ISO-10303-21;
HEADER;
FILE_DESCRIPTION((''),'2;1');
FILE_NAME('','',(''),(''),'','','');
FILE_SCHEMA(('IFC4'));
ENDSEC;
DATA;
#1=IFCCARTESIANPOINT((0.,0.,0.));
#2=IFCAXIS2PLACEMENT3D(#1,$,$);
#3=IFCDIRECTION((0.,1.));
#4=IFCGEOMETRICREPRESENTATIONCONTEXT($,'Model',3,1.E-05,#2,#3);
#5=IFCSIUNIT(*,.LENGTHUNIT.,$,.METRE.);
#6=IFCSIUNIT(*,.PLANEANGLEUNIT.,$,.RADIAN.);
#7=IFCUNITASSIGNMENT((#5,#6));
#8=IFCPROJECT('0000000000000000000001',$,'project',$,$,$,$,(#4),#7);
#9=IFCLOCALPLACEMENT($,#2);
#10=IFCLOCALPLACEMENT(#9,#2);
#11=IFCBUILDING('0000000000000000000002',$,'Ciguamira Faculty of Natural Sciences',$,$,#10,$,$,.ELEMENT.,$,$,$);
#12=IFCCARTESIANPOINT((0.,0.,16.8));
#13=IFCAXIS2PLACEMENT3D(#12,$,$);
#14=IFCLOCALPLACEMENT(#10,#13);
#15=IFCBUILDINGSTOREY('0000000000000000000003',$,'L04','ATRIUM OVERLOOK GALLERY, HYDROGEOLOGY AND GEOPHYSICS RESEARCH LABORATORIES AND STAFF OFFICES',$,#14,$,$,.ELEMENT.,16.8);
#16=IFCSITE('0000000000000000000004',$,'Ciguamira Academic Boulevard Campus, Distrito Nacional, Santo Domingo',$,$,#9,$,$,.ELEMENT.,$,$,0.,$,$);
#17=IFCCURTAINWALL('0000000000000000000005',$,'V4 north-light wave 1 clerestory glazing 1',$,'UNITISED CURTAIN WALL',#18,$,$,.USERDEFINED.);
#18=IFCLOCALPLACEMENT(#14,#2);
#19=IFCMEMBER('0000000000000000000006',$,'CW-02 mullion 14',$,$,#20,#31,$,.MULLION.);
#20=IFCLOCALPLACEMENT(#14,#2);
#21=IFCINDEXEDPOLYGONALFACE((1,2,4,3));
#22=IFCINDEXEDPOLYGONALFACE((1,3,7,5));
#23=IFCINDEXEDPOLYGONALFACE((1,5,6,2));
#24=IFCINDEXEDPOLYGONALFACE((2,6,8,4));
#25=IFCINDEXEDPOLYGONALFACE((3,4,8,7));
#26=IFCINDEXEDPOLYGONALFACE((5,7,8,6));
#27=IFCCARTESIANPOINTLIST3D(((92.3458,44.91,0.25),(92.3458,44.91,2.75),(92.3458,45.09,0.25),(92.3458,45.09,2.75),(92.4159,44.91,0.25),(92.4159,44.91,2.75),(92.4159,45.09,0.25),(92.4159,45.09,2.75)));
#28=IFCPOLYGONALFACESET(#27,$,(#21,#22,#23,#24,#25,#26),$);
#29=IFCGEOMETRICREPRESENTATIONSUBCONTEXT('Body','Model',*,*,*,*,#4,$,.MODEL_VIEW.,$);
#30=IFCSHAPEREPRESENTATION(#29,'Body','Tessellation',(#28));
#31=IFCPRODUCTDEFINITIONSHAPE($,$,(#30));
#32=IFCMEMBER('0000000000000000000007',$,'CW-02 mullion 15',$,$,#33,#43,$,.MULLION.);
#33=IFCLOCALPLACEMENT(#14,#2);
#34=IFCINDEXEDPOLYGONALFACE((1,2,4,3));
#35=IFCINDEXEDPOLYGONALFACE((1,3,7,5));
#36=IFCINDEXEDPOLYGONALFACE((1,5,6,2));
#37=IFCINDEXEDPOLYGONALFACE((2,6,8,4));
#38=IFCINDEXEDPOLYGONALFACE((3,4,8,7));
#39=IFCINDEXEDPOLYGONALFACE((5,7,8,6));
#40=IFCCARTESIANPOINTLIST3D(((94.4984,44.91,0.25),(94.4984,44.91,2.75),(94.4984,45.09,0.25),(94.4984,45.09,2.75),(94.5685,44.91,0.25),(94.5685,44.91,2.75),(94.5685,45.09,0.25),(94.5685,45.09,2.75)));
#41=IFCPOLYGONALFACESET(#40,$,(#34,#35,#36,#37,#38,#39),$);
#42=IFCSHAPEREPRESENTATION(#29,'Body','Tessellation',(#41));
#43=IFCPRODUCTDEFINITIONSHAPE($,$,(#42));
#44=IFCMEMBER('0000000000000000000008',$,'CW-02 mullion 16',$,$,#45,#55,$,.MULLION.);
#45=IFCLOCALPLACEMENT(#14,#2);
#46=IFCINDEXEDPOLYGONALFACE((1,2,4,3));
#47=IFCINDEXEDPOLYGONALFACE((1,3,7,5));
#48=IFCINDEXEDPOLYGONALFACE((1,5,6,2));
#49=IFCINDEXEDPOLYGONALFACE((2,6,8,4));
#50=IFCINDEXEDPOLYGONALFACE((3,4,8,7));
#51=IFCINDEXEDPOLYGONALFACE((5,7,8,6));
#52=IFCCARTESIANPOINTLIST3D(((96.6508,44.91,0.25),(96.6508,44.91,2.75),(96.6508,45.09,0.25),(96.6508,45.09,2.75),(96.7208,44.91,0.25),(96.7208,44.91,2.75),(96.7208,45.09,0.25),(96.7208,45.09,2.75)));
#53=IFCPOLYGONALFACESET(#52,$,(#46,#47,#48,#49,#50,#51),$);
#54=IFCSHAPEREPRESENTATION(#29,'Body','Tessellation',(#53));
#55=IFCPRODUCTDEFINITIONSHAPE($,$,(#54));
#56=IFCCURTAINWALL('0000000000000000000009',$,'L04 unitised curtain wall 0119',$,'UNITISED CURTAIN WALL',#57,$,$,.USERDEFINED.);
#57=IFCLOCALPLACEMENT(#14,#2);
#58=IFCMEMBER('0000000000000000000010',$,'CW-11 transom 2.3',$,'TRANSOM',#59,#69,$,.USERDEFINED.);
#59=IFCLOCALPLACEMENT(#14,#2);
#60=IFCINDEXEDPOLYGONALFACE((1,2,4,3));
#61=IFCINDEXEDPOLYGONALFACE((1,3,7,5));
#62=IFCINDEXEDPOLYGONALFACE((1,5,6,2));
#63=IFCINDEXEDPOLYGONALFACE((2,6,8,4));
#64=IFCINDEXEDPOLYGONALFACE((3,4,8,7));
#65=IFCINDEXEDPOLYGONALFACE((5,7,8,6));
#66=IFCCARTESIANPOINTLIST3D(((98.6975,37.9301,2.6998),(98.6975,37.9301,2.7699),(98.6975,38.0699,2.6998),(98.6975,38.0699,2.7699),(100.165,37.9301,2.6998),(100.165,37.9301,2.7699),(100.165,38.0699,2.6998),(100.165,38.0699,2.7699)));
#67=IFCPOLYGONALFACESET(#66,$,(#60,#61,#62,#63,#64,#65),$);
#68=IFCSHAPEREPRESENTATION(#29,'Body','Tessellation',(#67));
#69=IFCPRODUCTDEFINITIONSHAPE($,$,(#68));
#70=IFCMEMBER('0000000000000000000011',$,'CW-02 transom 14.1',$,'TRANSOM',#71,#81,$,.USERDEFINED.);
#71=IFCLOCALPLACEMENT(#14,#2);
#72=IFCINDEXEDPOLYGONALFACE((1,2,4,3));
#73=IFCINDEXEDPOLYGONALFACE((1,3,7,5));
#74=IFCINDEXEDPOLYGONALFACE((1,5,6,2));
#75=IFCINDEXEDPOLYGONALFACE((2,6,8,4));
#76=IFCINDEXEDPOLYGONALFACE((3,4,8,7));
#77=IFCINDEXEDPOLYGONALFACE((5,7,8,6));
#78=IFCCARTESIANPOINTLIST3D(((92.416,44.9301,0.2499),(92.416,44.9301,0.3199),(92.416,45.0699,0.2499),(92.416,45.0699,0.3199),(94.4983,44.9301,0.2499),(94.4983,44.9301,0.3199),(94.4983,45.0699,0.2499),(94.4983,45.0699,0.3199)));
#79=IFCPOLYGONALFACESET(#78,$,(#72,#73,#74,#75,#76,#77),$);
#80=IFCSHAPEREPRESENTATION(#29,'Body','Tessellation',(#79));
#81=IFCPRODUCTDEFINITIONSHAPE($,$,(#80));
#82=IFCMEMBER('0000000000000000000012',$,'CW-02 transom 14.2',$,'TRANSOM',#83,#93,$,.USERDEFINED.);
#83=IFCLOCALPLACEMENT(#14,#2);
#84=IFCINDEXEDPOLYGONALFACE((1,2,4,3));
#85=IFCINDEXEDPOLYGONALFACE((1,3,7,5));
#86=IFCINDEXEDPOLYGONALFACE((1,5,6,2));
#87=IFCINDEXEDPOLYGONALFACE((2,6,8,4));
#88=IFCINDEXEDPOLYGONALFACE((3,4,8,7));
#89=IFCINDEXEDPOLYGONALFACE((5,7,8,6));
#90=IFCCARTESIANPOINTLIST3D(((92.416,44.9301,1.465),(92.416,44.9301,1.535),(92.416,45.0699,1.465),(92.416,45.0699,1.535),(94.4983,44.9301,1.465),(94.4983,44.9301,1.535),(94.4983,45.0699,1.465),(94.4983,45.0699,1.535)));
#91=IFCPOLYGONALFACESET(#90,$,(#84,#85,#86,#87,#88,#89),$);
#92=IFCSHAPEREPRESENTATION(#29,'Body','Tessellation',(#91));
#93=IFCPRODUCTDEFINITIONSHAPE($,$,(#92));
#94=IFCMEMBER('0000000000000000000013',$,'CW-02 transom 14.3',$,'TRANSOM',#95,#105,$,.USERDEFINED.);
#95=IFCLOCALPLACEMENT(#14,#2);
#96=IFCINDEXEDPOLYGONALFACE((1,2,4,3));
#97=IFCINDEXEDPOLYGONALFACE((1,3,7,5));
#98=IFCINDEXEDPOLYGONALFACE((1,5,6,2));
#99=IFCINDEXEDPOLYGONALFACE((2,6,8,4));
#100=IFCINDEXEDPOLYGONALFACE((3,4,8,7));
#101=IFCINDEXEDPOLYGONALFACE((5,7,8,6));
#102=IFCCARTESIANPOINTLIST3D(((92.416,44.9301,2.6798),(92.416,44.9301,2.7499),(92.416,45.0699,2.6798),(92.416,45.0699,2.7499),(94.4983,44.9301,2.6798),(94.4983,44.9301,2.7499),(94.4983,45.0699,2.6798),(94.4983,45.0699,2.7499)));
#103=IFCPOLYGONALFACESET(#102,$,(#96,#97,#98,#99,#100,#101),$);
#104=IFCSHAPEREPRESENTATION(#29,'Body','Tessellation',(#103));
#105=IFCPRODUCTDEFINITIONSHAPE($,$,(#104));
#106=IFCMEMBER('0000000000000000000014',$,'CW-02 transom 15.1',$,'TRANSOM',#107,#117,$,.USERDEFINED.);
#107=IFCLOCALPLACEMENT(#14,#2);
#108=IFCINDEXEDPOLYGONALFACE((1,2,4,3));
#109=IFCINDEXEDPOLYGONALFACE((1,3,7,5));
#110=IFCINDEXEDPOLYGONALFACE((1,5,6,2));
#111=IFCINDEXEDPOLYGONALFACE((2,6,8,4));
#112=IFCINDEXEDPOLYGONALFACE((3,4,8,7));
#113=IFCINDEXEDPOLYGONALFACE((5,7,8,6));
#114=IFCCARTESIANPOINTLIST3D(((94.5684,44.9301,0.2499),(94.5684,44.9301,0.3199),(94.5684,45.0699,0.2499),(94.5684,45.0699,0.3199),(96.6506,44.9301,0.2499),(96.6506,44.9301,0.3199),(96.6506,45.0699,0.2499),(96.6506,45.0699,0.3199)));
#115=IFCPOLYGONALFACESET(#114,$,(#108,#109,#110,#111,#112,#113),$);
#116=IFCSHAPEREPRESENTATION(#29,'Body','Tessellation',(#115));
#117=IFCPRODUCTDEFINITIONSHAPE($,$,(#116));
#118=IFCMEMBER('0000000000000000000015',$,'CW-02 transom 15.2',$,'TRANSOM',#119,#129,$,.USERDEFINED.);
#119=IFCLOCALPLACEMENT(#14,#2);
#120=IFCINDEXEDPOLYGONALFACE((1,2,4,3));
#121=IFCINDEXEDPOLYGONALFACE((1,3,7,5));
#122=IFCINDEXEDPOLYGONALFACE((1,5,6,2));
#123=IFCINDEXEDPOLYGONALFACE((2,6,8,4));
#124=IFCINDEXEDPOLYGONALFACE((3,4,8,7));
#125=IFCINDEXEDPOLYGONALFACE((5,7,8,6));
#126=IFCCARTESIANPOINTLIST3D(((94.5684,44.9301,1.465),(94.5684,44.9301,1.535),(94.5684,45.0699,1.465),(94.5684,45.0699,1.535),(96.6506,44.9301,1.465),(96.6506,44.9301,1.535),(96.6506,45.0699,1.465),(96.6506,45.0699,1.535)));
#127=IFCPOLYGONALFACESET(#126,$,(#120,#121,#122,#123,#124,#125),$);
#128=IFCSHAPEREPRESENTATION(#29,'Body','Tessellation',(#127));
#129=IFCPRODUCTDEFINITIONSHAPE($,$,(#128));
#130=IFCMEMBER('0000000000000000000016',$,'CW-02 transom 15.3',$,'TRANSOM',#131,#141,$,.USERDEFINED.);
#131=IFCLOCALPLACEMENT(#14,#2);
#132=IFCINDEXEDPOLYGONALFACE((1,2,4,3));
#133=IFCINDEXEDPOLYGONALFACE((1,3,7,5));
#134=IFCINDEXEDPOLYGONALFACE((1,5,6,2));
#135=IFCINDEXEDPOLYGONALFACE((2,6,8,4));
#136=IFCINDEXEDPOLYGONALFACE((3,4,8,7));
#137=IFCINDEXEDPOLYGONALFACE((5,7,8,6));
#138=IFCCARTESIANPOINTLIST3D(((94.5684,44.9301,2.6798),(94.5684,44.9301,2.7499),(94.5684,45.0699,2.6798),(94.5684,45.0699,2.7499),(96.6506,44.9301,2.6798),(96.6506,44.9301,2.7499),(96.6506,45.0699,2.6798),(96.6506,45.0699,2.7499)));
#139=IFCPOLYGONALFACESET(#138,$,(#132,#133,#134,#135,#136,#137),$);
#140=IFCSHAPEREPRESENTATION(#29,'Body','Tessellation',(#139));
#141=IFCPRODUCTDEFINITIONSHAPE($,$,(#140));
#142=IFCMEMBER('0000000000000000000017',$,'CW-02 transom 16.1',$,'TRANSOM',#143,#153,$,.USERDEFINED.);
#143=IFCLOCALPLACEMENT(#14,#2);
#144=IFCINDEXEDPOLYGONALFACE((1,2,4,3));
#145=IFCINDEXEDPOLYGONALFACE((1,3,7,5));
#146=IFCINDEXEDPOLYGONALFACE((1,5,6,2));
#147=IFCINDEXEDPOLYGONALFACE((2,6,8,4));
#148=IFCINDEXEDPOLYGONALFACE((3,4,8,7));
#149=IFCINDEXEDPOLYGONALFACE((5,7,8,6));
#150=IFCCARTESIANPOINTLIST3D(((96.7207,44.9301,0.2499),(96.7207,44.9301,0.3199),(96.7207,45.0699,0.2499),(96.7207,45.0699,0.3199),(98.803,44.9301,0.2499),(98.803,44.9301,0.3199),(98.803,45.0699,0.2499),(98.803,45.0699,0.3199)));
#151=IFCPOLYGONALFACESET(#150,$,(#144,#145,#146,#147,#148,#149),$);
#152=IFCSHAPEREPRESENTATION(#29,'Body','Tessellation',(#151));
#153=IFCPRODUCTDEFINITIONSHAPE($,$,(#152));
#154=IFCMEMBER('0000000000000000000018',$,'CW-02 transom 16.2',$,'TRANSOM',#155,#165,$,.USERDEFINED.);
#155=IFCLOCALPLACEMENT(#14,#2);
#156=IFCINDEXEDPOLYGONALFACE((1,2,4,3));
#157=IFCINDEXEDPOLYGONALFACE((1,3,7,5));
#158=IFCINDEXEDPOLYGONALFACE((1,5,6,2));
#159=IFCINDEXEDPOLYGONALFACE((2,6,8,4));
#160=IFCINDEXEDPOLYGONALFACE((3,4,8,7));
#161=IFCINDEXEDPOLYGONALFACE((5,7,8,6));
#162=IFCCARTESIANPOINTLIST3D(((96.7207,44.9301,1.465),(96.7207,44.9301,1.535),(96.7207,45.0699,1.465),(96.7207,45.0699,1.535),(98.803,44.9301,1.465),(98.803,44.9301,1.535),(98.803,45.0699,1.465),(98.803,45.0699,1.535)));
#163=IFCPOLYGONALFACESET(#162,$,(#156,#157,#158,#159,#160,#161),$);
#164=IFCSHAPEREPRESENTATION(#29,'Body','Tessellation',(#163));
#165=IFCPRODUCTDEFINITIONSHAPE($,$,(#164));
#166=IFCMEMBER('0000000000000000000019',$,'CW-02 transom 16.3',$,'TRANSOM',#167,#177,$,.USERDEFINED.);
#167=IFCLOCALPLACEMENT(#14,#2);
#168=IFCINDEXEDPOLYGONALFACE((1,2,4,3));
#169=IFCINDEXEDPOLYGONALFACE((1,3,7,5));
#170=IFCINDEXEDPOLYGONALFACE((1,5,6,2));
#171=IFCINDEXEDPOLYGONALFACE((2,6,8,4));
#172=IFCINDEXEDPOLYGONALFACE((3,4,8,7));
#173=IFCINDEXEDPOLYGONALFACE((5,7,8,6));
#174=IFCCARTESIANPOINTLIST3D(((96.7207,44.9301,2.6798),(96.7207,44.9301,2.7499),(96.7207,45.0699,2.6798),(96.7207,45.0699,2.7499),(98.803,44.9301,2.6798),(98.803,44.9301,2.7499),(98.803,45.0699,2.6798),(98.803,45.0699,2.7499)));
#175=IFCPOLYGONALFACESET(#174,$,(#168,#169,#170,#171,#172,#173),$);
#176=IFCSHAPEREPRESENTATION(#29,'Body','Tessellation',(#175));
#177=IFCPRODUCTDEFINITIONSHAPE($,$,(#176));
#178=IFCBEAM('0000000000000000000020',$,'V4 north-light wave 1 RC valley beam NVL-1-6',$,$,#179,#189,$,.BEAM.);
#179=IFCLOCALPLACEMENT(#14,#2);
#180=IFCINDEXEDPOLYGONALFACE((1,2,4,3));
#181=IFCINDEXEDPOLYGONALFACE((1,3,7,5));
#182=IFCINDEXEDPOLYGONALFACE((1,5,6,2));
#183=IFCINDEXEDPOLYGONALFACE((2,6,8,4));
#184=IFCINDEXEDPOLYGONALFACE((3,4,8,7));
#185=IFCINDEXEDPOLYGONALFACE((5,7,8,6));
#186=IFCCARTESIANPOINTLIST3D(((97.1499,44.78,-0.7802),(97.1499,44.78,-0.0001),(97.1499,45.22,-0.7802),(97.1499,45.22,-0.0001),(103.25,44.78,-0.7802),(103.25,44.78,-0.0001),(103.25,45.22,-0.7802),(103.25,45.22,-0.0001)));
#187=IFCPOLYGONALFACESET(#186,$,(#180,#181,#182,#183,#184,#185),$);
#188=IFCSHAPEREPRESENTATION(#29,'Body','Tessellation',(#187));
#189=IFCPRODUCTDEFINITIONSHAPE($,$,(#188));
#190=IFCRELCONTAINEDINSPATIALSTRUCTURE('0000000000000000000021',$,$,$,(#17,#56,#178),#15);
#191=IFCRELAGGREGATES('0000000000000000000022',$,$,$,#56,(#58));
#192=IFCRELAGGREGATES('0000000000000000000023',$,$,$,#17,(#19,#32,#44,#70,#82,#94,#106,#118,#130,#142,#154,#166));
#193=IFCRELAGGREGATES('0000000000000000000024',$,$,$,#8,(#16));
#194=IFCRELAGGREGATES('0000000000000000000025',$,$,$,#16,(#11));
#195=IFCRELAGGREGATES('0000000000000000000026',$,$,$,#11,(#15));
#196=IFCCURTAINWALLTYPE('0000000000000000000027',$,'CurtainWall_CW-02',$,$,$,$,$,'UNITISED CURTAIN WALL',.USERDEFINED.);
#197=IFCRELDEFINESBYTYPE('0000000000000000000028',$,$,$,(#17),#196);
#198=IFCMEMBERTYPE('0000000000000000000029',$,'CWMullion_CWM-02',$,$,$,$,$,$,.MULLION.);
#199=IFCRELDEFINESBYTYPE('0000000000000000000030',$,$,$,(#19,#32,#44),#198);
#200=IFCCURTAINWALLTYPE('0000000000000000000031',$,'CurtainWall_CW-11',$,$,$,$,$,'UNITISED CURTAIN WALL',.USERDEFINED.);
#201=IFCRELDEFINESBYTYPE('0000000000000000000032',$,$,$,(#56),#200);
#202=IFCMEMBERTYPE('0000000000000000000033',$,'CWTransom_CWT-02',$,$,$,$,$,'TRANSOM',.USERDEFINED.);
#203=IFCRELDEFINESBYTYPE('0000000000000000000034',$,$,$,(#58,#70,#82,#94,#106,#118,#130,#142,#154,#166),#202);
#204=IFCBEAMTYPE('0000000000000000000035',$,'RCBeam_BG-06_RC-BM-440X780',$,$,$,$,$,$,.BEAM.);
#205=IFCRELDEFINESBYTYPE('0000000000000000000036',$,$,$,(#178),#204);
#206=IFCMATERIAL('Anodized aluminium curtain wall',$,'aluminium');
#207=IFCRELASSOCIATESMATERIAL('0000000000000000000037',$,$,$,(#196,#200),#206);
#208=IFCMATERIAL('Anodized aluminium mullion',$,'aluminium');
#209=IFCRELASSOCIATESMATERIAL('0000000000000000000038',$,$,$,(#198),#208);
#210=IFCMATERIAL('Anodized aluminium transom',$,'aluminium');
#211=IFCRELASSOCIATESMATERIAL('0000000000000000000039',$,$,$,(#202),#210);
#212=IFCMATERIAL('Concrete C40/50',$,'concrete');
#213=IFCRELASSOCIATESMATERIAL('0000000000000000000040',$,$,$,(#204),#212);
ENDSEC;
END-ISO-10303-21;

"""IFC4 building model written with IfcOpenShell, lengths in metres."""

from ifc_helpers import new_model, si_unit, direction, frame, origin, origin_2d, place, context, subcontext, project, spatial, rectangle, extrude, material, material_profile, profile_set, type_object, element, aggregate, save


model = new_model("IFC4")

# Units and contexts
model_context = context("Model", 3, precision=1e-05, world=origin(), true_north=direction((0.0, 1.0)))
body_context = subcontext(model_context, "Body", "Model", "MODEL_VIEW")
ifc_project = project(units=[si_unit("LENGTHUNIT", "METRE"), si_unit("PLANEANGLEUNIT", "RADIAN")], contexts=[model_context])

# Site, building, storey
site_placement = place(None, origin())
site = spatial("IfcSite", under=ifc_project, at=site_placement, Name="Ciguamira Academic Boulevard Campus, Distrito Nacional, Santo Domingo", CompositionType="ELEMENT", RefElevation=0.0)
building_placement = place(site_placement, origin())
building = spatial("IfcBuilding", under=site, at=building_placement, Name="Ciguamira Faculty of Natural Sciences", CompositionType="ELEMENT")
storey_placement = place(building_placement, frame((0.0, 0.0, 16.8)))
storey = spatial("IfcBuildingStorey", under=building, at=storey_placement, Name="L04", Description="ATRIUM OVERLOOK GALLERY, HYDROGEOLOGY AND GEOPHYSICS RESEARCH LABORATORIES AND STAFF OFFICES", CompositionType="ELEMENT", Elevation=16.8)

# Curtain wall, members
ifc_material_1 = material(Name="Anodized aluminium curtain wall", Category="aluminium")
curtain_wall_type_1 = type_object("IfcCurtainWallType", Name="CurtainWall_CW-02", ElementType="UNITISED CURTAIN WALL", PredefinedType="USERDEFINED", material=ifc_material_1)
curtain_wall_1_placement = place(storey_placement, origin())
curtain_wall_1 = element("IfcCurtainWall", 1, at=curtain_wall_1_placement, inside=storey, type_object=curtain_wall_type_1, Name="V4 north-light wave 1 clerestory glazing 1", ObjectType="UNITISED CURTAIN WALL", PredefinedType="USERDEFINED")
ifc_material_2 = material(Name="Anodized aluminium mullion", Category="aluminium")
ifc_material_profile_1 = material_profile(ifc_material_2, rectangle(XDim=0.0701, YDim=0.1799, at=origin_2d()), Name="ALU-MUL-70X180")
ifc_profile_set_1 = profile_set([ifc_material_profile_1], Name="Anodized aluminium mullion")
member_type_1 = type_object("IfcMemberType", Name="CWMullion_CWM-02", PredefinedType="MULLION", material=ifc_profile_set_1)
member_1_placement = place(storey_placement, frame((92.3809, 45.0, 0.25), z_axis=(0.0, 0.0, 1.0), x_axis=(1.0, 0.0, 0.0)))
member_1 = element("IfcMember", 2, at=member_1_placement, type_object=member_type_1, Name="CW-02 mullion 14", PredefinedType="MULLION", context=body_context, shape_type="SweptSolid", body=[
    extrude(rectangle(XDim=0.0701, YDim=0.1799, at=origin_2d()), origin(), (0.0, 0.0, 1.0), 2.5),
])
member_2_placement = place(storey_placement, frame((94.5334, 45.0, 0.25), z_axis=(0.0, 0.0, 1.0), x_axis=(1.0, 0.0, 0.0)))
member_2 = element("IfcMember", 3, at=member_2_placement, type_object=member_type_1, Name="CW-02 mullion 15", PredefinedType="MULLION", context=body_context, shape_type="SweptSolid", body=[
    extrude(rectangle(XDim=0.0701, YDim=0.1799, at=origin_2d()), origin(), (0.0, 0.0, 1.0), 2.5),
])
member_3_placement = place(storey_placement, frame((96.6858, 45.0, 0.25), z_axis=(0.0, 0.0, 1.0), x_axis=(1.0, 0.0, 0.0)))
member_3 = element("IfcMember", 4, at=member_3_placement, type_object=member_type_1, Name="CW-02 mullion 16", PredefinedType="MULLION", context=body_context, shape_type="SweptSolid", body=[
    extrude(rectangle(XDim=0.0701, YDim=0.1799, at=origin_2d()), origin(), (0.0, 0.0, 1.0), 2.5),
])

# Curtain wall, member
curtain_wall_type_2 = type_object("IfcCurtainWallType", Name="CurtainWall_CW-11", ElementType="UNITISED CURTAIN WALL", PredefinedType="USERDEFINED", material=ifc_material_1)
curtain_wall_2_placement = place(storey_placement, origin())
curtain_wall_2 = element("IfcCurtainWall", 5, at=curtain_wall_2_placement, inside=storey, type_object=curtain_wall_type_2, Name="L04 unitised curtain wall 0119", ObjectType="UNITISED CURTAIN WALL", PredefinedType="USERDEFINED")
ifc_material_3 = material(Name="Anodized aluminium transom", Category="aluminium")
ifc_material_profile_2 = material_profile(ifc_material_3, rectangle(XDim=0.0701, YDim=0.1399, at=origin_2d()), Name="ALU-TRN-70X140")
ifc_profile_set_2 = profile_set([ifc_material_profile_2], Name="Anodized aluminium transom")
member_type_2 = type_object("IfcMemberType", Name="CWTransom_CWT-02", ElementType="TRANSOM", PredefinedType="USERDEFINED", material=ifc_profile_set_2)
member_4_placement = place(storey_placement, frame((98.6975, 38.0, 2.7349), z_axis=(1.0, 0.0, 0.0), x_axis=(0.0, 0.0, 1.0)))
member_4 = element("IfcMember", 6, at=member_4_placement, type_object=member_type_2, Name="CW-11 transom 2.3", ObjectType="TRANSOM", PredefinedType="USERDEFINED", context=body_context, shape_type="SweptSolid", body=[
    extrude(rectangle(XDim=0.0701, YDim=0.1399, at=origin_2d()), origin(), (0.0, 0.0, 1.0), 1.4675),
])
aggregate(curtain_wall_2, [member_4])

# Members
member_5_placement = place(storey_placement, frame((92.416, 45.0, 0.2849), z_axis=(1.0, 0.0, 0.0), x_axis=(0.0, 0.0, 1.0)))
member_5 = element("IfcMember", 7, at=member_5_placement, type_object=member_type_2, Name="CW-02 transom 14.1", ObjectType="TRANSOM", PredefinedType="USERDEFINED", context=body_context, shape_type="SweptSolid", body=[
    extrude(rectangle(XDim=0.0701, YDim=0.1399, at=origin_2d()), origin(), (0.0, 0.0, 1.0), 2.0823),
])
member_6_placement = place(storey_placement, frame((92.416, 45.0, 1.5), z_axis=(1.0, 0.0, 0.0), x_axis=(0.0, 0.0, 1.0)))
member_6 = element("IfcMember", 8, at=member_6_placement, type_object=member_type_2, Name="CW-02 transom 14.2", ObjectType="TRANSOM", PredefinedType="USERDEFINED", context=body_context, shape_type="SweptSolid", body=[
    extrude(rectangle(XDim=0.0701, YDim=0.1399, at=origin_2d()), origin(), (0.0, 0.0, 1.0), 2.0823),
])
member_7_placement = place(storey_placement, frame((92.416, 45.0, 2.7148), z_axis=(1.0, 0.0, 0.0), x_axis=(0.0, 0.0, 1.0)))
member_7 = element("IfcMember", 9, at=member_7_placement, type_object=member_type_2, Name="CW-02 transom 14.3", ObjectType="TRANSOM", PredefinedType="USERDEFINED", context=body_context, shape_type="SweptSolid", body=[
    extrude(rectangle(XDim=0.0701, YDim=0.1399, at=origin_2d()), origin(), (0.0, 0.0, 1.0), 2.0823),
])
member_8_placement = place(storey_placement, frame((94.5684, 45.0, 0.2849), z_axis=(1.0, 0.0, 0.0), x_axis=(0.0, 0.0, 1.0)))
member_8 = element("IfcMember", 10, at=member_8_placement, type_object=member_type_2, Name="CW-02 transom 15.1", ObjectType="TRANSOM", PredefinedType="USERDEFINED", context=body_context, shape_type="SweptSolid", body=[
    extrude(rectangle(XDim=0.0701, YDim=0.1399, at=origin_2d()), origin(), (0.0, 0.0, 1.0), 2.0823),
])
member_9_placement = place(storey_placement, frame((94.5684, 45.0, 1.5), z_axis=(1.0, 0.0, 0.0), x_axis=(0.0, 0.0, 1.0)))
member_9 = element("IfcMember", 11, at=member_9_placement, type_object=member_type_2, Name="CW-02 transom 15.2", ObjectType="TRANSOM", PredefinedType="USERDEFINED", context=body_context, shape_type="SweptSolid", body=[
    extrude(rectangle(XDim=0.0701, YDim=0.1399, at=origin_2d()), origin(), (0.0, 0.0, 1.0), 2.0823),
])
member_10_placement = place(storey_placement, frame((94.5684, 45.0, 2.7148), z_axis=(1.0, 0.0, 0.0), x_axis=(0.0, 0.0, 1.0)))
member_10 = element("IfcMember", 12, at=member_10_placement, type_object=member_type_2, Name="CW-02 transom 15.3", ObjectType="TRANSOM", PredefinedType="USERDEFINED", context=body_context, shape_type="SweptSolid", body=[
    extrude(rectangle(XDim=0.0701, YDim=0.1399, at=origin_2d()), origin(), (0.0, 0.0, 1.0), 2.0823),
])
member_11_placement = place(storey_placement, frame((96.7207, 45.0, 0.2849), z_axis=(1.0, 0.0, 0.0), x_axis=(0.0, 0.0, 1.0)))
member_11 = element("IfcMember", 13, at=member_11_placement, type_object=member_type_2, Name="CW-02 transom 16.1", ObjectType="TRANSOM", PredefinedType="USERDEFINED", context=body_context, shape_type="SweptSolid", body=[
    extrude(rectangle(XDim=0.0701, YDim=0.1399, at=origin_2d()), origin(), (0.0, 0.0, 1.0), 2.0823),
])
member_12_placement = place(storey_placement, frame((96.7207, 45.0, 1.5), z_axis=(1.0, 0.0, 0.0), x_axis=(0.0, 0.0, 1.0)))
member_12 = element("IfcMember", 14, at=member_12_placement, type_object=member_type_2, Name="CW-02 transom 16.2", ObjectType="TRANSOM", PredefinedType="USERDEFINED", context=body_context, shape_type="SweptSolid", body=[
    extrude(rectangle(XDim=0.0701, YDim=0.1399, at=origin_2d()), origin(), (0.0, 0.0, 1.0), 2.0823),
])
member_13_placement = place(storey_placement, frame((96.7207, 45.0, 2.7148), z_axis=(1.0, 0.0, 0.0), x_axis=(0.0, 0.0, 1.0)))
member_13 = element("IfcMember", 15, at=member_13_placement, type_object=member_type_2, Name="CW-02 transom 16.3", ObjectType="TRANSOM", PredefinedType="USERDEFINED", context=body_context, shape_type="SweptSolid", body=[
    extrude(rectangle(XDim=0.0701, YDim=0.1399, at=origin_2d()), origin(), (0.0, 0.0, 1.0), 2.0823),
])

# Beam
ifc_material_4 = material(Name="Concrete C40/50", Category="concrete")
ifc_material_profile_3 = material_profile(ifc_material_4, rectangle(XDim=0.4399, YDim=0.78, at=origin_2d()), Name="RC-BM-440X780")
ifc_profile_set_3 = profile_set([ifc_material_profile_3], Name="Concrete C40/50")
beam_type = type_object("IfcBeamType", Name="RCBeam_BG-06_RC-BM-440X780", PredefinedType="BEAM", material=ifc_profile_set_3)
beam_placement = place(storey_placement, frame((97.1499, 45.0, -0.3901), z_axis=(1.0, 0.0, 0.0), x_axis=(0.0, 1.0, 0.0)))
element("IfcBeam", 16, at=beam_placement, inside=storey, type_object=beam_type, Name="V4 north-light wave 1 RC valley beam NVL-1-6", PredefinedType="BEAM", context=body_context, shape_type="SweptSolid", body=[
    extrude(rectangle(XDim=0.4399, YDim=0.78, at=origin_2d()), origin(), (0.0, 0.0, 1.0), 6.1001),
])

aggregate(curtain_wall_1, [member_1, member_2, member_3, member_5, member_6, member_7, member_8, member_9, member_10, member_11, member_12, member_13])

save(model, "model.ifc")
